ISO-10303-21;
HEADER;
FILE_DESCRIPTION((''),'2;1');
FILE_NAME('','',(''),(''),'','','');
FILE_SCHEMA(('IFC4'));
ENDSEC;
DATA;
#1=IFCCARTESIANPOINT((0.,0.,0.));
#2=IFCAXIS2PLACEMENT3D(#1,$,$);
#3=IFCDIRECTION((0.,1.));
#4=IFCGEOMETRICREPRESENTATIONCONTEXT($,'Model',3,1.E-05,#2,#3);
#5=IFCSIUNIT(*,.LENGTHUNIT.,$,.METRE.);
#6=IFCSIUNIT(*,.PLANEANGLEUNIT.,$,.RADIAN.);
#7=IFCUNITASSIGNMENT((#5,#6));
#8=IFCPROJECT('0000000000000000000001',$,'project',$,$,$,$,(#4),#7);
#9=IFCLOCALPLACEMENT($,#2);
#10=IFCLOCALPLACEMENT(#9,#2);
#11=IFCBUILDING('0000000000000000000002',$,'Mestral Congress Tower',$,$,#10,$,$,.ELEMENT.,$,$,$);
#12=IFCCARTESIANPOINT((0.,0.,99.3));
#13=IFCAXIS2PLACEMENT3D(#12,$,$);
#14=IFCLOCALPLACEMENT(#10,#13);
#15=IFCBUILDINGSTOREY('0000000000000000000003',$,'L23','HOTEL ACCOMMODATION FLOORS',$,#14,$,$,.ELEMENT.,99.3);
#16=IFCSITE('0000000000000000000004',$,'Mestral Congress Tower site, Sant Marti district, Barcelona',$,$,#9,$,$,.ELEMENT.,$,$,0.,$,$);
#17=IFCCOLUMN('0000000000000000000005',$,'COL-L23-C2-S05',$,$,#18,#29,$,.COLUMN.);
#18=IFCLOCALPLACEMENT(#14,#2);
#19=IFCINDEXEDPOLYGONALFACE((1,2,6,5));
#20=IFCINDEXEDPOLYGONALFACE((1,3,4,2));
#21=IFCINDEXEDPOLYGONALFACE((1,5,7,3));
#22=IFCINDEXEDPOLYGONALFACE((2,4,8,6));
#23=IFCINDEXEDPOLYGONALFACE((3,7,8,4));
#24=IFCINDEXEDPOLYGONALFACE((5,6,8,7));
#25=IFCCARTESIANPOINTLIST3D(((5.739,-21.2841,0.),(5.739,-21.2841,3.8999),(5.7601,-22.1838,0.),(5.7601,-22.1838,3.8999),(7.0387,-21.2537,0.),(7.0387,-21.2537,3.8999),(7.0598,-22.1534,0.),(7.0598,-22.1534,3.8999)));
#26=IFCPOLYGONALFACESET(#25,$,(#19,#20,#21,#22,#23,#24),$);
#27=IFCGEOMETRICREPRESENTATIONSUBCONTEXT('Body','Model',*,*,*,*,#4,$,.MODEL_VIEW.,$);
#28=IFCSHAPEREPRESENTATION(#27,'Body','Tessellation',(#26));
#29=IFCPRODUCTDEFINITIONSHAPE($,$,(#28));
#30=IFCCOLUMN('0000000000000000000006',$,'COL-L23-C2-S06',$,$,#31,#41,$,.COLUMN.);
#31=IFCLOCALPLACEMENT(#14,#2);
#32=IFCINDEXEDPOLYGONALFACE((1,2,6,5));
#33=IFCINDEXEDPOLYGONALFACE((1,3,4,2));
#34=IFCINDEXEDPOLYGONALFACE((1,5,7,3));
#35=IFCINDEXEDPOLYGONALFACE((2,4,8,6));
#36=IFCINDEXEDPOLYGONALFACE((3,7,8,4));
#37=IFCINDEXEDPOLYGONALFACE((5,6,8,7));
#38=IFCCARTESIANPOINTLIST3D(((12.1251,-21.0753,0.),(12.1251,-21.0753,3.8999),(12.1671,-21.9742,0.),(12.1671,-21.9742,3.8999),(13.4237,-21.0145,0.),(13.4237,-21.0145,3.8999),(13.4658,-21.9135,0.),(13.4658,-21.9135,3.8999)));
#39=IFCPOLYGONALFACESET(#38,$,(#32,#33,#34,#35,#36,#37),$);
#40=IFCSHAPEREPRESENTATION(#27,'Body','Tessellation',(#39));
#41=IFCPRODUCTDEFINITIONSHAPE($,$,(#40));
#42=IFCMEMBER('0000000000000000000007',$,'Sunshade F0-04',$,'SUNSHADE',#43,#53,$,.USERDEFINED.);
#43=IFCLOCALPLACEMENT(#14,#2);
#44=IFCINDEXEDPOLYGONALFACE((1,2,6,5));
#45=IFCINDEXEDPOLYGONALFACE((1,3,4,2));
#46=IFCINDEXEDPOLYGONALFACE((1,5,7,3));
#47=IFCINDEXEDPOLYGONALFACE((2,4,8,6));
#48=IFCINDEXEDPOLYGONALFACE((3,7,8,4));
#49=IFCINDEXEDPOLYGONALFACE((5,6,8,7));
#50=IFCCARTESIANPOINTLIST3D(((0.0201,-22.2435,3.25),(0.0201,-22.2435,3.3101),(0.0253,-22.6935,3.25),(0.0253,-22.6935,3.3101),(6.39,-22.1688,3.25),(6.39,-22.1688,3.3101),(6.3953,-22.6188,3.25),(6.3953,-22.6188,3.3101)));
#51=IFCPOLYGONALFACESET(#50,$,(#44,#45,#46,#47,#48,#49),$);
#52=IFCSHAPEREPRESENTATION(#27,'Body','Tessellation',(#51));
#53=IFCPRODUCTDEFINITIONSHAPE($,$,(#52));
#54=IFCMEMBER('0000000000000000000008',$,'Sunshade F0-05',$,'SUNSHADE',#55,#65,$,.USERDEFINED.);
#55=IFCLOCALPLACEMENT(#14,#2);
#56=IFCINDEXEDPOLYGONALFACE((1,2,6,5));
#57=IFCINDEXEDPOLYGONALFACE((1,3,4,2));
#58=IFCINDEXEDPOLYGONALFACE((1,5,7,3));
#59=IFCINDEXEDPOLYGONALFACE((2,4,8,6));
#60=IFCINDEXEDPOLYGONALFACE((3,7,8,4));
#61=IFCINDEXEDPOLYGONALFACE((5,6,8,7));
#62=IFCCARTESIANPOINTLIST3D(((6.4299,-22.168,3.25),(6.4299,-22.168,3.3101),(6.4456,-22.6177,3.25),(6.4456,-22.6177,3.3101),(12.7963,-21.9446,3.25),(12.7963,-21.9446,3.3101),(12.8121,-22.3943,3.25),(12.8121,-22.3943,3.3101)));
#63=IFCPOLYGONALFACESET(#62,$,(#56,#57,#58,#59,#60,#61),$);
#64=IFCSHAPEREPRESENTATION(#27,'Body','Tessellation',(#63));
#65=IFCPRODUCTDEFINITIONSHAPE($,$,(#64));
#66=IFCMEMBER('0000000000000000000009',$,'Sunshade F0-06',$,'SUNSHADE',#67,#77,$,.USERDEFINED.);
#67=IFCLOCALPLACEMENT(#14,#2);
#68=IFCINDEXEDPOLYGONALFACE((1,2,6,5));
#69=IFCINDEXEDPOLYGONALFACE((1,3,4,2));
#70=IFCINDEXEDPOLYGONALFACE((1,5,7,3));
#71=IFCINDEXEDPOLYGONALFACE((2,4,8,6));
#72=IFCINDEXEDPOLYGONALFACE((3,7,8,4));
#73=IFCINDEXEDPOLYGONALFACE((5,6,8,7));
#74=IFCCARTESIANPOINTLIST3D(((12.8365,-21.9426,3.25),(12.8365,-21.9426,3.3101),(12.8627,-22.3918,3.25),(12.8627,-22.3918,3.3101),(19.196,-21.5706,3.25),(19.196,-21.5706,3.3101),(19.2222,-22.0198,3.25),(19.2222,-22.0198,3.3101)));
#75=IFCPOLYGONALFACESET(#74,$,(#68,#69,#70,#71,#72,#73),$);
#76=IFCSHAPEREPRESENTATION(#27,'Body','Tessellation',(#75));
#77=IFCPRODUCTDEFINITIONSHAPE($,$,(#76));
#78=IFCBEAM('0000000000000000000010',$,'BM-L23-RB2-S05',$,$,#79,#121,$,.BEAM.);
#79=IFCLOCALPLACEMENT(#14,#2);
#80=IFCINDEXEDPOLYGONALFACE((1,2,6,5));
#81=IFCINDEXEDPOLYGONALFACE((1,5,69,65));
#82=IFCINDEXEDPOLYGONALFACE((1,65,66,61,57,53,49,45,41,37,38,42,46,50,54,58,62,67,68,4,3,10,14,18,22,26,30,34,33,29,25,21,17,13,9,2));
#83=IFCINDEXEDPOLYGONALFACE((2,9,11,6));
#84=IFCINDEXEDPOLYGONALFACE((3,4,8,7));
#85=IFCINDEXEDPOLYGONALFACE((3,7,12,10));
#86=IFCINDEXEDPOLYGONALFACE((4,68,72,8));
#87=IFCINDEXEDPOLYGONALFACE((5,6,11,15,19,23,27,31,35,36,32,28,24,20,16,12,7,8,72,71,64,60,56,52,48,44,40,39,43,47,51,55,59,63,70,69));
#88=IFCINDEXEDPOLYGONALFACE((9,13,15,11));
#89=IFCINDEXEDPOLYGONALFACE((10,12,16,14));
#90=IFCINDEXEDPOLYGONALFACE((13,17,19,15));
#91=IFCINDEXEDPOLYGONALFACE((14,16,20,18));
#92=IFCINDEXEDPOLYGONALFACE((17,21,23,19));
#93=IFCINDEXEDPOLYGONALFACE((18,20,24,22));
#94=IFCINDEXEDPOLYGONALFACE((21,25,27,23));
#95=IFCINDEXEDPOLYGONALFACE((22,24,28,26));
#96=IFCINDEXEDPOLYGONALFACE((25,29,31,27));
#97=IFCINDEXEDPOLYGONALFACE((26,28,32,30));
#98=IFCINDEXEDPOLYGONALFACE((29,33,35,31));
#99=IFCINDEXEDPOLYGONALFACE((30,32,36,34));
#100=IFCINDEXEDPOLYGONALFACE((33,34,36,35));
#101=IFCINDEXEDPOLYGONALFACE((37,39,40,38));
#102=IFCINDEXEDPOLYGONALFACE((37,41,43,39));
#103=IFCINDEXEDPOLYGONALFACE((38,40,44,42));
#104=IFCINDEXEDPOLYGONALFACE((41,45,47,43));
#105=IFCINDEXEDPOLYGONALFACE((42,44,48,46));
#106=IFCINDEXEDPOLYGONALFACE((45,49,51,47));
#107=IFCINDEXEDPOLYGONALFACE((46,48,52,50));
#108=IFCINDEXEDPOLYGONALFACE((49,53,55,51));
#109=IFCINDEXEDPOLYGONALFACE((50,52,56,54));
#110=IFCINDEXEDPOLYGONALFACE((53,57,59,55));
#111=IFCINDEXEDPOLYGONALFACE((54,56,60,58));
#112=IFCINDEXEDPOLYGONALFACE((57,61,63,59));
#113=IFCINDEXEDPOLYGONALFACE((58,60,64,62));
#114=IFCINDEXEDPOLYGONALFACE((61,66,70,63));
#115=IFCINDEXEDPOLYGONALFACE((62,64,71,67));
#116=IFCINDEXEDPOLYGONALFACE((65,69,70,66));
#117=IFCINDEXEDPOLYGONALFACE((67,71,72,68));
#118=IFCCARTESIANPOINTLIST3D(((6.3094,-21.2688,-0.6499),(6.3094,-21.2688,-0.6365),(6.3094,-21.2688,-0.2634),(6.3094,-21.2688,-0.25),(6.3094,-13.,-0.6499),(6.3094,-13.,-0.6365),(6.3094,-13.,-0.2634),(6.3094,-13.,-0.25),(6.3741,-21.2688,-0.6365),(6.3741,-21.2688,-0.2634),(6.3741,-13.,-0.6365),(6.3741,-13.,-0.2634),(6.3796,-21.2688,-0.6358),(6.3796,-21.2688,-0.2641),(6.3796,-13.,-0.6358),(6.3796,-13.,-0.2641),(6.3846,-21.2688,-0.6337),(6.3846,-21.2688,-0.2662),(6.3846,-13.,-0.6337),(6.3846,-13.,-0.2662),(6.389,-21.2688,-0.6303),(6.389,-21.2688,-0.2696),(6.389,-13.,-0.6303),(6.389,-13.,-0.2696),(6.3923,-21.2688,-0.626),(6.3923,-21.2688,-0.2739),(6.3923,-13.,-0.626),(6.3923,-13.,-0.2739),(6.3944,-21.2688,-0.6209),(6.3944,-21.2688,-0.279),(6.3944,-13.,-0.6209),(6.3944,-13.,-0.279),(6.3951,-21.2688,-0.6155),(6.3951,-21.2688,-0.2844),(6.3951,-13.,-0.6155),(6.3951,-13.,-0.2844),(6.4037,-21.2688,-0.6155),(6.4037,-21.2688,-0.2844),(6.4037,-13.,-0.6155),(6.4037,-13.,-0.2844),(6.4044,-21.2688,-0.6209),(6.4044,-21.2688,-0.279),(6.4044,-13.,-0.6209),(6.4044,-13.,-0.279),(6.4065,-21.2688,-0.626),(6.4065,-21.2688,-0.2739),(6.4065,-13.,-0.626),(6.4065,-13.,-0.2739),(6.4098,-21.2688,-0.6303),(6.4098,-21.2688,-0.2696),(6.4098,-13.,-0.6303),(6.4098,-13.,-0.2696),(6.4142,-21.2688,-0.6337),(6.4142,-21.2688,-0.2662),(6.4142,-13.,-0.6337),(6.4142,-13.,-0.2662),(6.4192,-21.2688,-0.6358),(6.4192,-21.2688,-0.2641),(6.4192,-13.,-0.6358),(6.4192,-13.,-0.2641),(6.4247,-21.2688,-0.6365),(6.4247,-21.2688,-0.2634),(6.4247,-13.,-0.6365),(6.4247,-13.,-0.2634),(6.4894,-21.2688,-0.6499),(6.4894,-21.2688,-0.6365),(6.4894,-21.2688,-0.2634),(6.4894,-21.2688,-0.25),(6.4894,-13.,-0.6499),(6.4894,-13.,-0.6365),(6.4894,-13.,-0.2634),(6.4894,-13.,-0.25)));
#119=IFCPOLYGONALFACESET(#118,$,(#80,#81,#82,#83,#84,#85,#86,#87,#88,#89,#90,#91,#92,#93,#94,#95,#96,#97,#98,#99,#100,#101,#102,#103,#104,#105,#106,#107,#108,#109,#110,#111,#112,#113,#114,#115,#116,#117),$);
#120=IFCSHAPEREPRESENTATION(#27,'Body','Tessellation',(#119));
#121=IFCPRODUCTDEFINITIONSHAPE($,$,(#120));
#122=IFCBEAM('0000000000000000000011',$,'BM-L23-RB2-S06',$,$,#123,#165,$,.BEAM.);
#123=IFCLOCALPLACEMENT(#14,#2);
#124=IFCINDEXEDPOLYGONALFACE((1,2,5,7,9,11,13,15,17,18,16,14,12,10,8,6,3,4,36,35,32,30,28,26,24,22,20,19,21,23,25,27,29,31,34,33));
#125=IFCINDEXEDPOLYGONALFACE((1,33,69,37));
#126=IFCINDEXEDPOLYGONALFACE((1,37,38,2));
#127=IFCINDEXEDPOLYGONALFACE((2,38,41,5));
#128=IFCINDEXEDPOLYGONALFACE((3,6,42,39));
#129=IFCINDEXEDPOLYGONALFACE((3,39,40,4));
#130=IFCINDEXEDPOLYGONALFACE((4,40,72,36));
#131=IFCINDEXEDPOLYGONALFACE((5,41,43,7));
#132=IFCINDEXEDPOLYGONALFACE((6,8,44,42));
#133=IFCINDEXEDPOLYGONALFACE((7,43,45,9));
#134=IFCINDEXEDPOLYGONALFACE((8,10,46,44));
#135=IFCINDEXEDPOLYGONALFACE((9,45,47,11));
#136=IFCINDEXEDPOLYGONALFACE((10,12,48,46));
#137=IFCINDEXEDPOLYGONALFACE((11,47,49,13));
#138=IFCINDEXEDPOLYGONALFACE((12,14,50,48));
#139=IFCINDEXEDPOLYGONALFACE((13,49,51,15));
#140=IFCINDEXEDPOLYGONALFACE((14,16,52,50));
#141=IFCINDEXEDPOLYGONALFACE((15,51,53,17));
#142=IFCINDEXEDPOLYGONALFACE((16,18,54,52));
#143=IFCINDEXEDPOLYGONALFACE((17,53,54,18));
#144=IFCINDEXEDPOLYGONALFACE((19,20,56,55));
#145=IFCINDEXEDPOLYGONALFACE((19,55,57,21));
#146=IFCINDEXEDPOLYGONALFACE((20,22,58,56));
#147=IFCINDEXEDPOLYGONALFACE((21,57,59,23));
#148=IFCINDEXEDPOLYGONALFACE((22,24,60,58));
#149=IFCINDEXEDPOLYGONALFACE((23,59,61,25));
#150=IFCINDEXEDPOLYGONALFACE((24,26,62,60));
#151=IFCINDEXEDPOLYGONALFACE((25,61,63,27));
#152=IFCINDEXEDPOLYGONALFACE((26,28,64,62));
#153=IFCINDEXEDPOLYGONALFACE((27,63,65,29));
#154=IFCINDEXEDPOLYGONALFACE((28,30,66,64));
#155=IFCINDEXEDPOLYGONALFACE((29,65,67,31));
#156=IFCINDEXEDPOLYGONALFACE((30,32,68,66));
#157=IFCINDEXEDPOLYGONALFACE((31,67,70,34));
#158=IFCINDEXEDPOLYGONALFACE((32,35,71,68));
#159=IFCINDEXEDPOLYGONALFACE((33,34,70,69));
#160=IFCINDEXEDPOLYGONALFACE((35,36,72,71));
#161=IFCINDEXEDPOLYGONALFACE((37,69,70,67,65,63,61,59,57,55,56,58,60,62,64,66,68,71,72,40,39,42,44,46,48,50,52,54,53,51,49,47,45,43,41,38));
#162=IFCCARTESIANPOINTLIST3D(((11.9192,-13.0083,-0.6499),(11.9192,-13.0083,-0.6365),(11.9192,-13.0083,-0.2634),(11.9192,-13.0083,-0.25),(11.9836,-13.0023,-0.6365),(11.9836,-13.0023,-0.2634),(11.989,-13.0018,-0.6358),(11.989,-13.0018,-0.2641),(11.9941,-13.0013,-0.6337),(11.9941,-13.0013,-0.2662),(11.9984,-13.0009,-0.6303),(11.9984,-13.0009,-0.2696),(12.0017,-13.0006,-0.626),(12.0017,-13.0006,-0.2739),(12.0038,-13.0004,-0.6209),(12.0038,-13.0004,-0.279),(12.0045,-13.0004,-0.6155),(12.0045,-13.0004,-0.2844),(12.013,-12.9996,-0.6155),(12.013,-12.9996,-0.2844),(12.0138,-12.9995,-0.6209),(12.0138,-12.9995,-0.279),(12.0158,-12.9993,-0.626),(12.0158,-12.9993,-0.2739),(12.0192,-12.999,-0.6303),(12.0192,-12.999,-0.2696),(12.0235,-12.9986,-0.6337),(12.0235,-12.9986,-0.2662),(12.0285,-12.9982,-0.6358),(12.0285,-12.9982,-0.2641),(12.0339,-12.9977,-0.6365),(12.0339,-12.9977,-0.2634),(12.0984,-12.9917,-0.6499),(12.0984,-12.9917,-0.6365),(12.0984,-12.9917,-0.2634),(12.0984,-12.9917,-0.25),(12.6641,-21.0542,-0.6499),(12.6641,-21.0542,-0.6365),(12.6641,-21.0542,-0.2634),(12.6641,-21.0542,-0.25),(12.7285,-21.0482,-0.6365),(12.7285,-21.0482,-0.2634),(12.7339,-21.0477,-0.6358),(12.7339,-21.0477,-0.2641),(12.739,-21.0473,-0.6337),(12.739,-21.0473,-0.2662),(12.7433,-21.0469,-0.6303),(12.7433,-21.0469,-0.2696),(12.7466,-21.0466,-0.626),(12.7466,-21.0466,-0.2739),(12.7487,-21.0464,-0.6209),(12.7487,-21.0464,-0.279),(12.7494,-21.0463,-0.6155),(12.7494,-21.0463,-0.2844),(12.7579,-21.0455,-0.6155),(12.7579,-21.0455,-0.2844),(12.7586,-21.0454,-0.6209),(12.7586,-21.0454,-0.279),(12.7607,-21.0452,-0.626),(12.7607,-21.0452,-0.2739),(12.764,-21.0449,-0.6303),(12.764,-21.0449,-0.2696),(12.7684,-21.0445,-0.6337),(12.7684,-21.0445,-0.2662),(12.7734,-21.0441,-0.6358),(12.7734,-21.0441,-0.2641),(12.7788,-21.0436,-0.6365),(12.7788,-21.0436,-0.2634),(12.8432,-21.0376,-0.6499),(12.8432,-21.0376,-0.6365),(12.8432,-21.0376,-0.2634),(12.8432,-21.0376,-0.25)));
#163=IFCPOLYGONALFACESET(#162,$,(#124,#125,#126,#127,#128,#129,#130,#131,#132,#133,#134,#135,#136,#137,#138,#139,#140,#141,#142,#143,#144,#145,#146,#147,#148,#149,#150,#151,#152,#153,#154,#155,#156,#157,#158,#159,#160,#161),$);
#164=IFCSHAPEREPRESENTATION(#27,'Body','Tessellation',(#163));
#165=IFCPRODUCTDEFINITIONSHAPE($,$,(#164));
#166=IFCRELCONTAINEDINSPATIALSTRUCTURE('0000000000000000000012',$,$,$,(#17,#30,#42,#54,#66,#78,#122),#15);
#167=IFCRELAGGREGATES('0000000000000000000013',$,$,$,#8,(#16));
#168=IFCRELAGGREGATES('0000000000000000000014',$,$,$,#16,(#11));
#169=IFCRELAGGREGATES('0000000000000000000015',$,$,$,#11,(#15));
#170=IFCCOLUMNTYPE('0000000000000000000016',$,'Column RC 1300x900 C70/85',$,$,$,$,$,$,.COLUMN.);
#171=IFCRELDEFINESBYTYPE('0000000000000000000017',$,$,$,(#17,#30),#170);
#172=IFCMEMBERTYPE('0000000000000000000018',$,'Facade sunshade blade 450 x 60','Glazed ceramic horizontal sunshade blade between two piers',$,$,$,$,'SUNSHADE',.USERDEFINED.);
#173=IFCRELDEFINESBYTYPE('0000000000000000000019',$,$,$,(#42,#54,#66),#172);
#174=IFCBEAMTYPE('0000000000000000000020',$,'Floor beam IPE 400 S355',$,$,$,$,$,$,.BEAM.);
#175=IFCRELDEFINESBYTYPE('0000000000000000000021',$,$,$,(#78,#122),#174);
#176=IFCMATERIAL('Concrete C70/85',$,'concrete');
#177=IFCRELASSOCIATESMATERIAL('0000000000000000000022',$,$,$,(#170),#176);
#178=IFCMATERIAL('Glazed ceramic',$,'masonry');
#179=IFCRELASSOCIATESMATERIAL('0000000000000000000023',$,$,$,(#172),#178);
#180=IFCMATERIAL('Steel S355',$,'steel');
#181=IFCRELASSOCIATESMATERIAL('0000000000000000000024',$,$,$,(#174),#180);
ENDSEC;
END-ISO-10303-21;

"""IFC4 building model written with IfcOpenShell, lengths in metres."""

from ifc_helpers import new_model, si_unit, direction, frame, origin, origin_2d, place, context, subcontext, project, spatial, rectangle, i_section, extrude, material, material_profile, profile_set, type_object, element, save


model = new_model("IFC4")

# Units and contexts
model_context = context("Model", 3, precision=1e-05, world=origin(), true_north=direction((0.0, 1.0)))
body_context = subcontext(model_context, "Body", "Model", "MODEL_VIEW")
ifc_project = project(units=[si_unit("LENGTHUNIT", "METRE"), si_unit("PLANEANGLEUNIT", "RADIAN")], contexts=[model_context])

# Site, building, storey
site_placement = place(None, origin())
site = spatial("IfcSite", under=ifc_project, at=site_placement, Name="Mestral Congress Tower site, Sant Marti district, Barcelona", CompositionType="ELEMENT", RefElevation=0.0)
building_placement = place(site_placement, origin())
building = spatial("IfcBuilding", under=site, at=building_placement, Name="Mestral Congress Tower", CompositionType="ELEMENT")
storey_placement = place(building_placement, frame((0.0, 0.0, 99.3)))
storey = spatial("IfcBuildingStorey", under=building, at=storey_placement, Name="L23", Description="HOTEL ACCOMMODATION FLOORS", CompositionType="ELEMENT", Elevation=99.3)

# Columns
ifc_material_1 = material(Name="Concrete C70/85", Category="concrete")
ifc_material_profile_1 = material_profile(ifc_material_1, rectangle(XDim=1.3, YDim=0.8999, at=origin_2d()), Name="RC 1300x900")
ifc_profile_set_1 = profile_set([ifc_material_profile_1], Name="Concrete C70/85")
column_type = type_object("IfcColumnType", Name="Column RC 1300x900 C70/85", PredefinedType="COLUMN", material=ifc_profile_set_1)
for number, where, z_axis, x_axis, name in (
    (1, (6.3994, -21.7188, 0.0), (0.0, 0.0, 1.0), (0.999727, 0.023384, 0.0), "COL-L23-C2-S05"),
    (2, (12.7954, -21.4944, 0.0), (0.0, 0.0, 1.0), (0.998906, 0.046756, 0.0), "COL-L23-C2-S06"),
):
    element("IfcColumn", number, at=place(storey_placement, frame(where, z_axis=z_axis, x_axis=x_axis)), inside=storey, type_object=column_type, Name=name, PredefinedType="COLUMN", context=body_context, shape_type="SweptSolid", body=[
        extrude(rectangle(XDim=1.3, YDim=0.8999, at=origin_2d()), origin(), (0.0, 0.0, 1.0), 3.8999),
    ])

# Members
ifc_material_2 = material(Name="Glazed ceramic", Category="masonry")
ifc_material_profile_2 = material_profile(ifc_material_2, rectangle(XDim=0.45, YDim=0.0601, at=origin_2d()), Name="Ceramic blade 450 x 60")
ifc_profile_set_2 = profile_set([ifc_material_profile_2], Name="Glazed ceramic")
member_type = type_object("IfcMemberType", Name="Facade sunshade blade 450 x 60", Description="Glazed ceramic horizontal sunshade blade between two piers", ElementType="SUNSHADE", PredefinedType="USERDEFINED", material=ifc_profile_set_2)
for number, where, z_axis, x_axis, name in (
    (3, (0.0227, -22.4685, 3.28), (0.999931, 0.011727, 0.0), (-0.011727, 0.999931, 0.0), "Sunshade F0-04"),
    (4, (6.4377, -22.3928, 3.28), (0.999385, 0.035067, 0.0), (-0.035067, 0.999385, 0.0), "Sunshade F0-05"),
    (5, (12.8496, -22.1672, 3.28), (0.998293, 0.058407, 0.0), (-0.058407, 0.998293, 0.0), "Sunshade F0-06"),
):
    element("IfcMember", number, at=place(storey_placement, frame(where, z_axis=z_axis, x_axis=x_axis)), inside=storey, type_object=member_type, Name=name, ObjectType="SUNSHADE", PredefinedType="USERDEFINED", context=body_context, shape_type="SweptSolid", body=[
        extrude(rectangle(XDim=0.45, YDim=0.0601, at=origin_2d()), origin(), (0.0, 0.0, 1.0), 6.3704),
    ])

# Beams
ifc_material_3 = material(Name="Steel S355", Category="steel")
ifc_material_profile_3 = material_profile(ifc_material_3, i_section(OverallWidth=0.1799, OverallDepth=0.3999, WebThickness=0.0085, FlangeThickness=0.0134, FilletRadius=0.021, at=origin_2d()), Name="IPE 400")
ifc_profile_set_3 = profile_set([ifc_material_profile_3], Name="Steel S355")
beam_type_1 = type_object("IfcBeamType", Name="Floor beam IPE 400 S355", PredefinedType="BEAM", material=ifc_profile_set_3)
beam_1_placement = place(storey_placement, frame((6.3994, -21.2688, -0.45), z_axis=(0.0, 1.0, 0.0), x_axis=(-1.0, 0.0, 0.0)))
element("IfcBeam", 6, at=beam_1_placement, inside=storey, type_object=beam_type_1, Name="BM-L23-RB2-S05", PredefinedType="BEAM", context=body_context, shape_type="SweptSolid", body=[
    extrude(i_section(OverallWidth=0.1799, OverallDepth=0.3999, WebThickness=0.0085, FlangeThickness=0.0134, FilletRadius=0.021, at=origin_2d()), origin(), (0.0, 0.0, 1.0), 8.2688),
])
beam_2_placement = place(storey_placement, frame((12.7537, -21.0459, -0.45), z_axis=(-0.092184, 0.995742, 0.0), x_axis=(-0.995742, -0.092184, 0.0)))
element("IfcBeam", 7, at=beam_2_placement, inside=storey, type_object=beam_type_1, Name="BM-L23-RB2-S06", PredefinedType="BEAM", context=body_context, shape_type="SweptSolid", body=[
    extrude(i_section(OverallWidth=0.1799, OverallDepth=0.3999, WebThickness=0.0085, FlangeThickness=0.0134, FilletRadius=0.021, at=origin_2d()), origin(), (0.0, 0.0, 1.0), 8.0803),
])

save(model, "model.ifc")
